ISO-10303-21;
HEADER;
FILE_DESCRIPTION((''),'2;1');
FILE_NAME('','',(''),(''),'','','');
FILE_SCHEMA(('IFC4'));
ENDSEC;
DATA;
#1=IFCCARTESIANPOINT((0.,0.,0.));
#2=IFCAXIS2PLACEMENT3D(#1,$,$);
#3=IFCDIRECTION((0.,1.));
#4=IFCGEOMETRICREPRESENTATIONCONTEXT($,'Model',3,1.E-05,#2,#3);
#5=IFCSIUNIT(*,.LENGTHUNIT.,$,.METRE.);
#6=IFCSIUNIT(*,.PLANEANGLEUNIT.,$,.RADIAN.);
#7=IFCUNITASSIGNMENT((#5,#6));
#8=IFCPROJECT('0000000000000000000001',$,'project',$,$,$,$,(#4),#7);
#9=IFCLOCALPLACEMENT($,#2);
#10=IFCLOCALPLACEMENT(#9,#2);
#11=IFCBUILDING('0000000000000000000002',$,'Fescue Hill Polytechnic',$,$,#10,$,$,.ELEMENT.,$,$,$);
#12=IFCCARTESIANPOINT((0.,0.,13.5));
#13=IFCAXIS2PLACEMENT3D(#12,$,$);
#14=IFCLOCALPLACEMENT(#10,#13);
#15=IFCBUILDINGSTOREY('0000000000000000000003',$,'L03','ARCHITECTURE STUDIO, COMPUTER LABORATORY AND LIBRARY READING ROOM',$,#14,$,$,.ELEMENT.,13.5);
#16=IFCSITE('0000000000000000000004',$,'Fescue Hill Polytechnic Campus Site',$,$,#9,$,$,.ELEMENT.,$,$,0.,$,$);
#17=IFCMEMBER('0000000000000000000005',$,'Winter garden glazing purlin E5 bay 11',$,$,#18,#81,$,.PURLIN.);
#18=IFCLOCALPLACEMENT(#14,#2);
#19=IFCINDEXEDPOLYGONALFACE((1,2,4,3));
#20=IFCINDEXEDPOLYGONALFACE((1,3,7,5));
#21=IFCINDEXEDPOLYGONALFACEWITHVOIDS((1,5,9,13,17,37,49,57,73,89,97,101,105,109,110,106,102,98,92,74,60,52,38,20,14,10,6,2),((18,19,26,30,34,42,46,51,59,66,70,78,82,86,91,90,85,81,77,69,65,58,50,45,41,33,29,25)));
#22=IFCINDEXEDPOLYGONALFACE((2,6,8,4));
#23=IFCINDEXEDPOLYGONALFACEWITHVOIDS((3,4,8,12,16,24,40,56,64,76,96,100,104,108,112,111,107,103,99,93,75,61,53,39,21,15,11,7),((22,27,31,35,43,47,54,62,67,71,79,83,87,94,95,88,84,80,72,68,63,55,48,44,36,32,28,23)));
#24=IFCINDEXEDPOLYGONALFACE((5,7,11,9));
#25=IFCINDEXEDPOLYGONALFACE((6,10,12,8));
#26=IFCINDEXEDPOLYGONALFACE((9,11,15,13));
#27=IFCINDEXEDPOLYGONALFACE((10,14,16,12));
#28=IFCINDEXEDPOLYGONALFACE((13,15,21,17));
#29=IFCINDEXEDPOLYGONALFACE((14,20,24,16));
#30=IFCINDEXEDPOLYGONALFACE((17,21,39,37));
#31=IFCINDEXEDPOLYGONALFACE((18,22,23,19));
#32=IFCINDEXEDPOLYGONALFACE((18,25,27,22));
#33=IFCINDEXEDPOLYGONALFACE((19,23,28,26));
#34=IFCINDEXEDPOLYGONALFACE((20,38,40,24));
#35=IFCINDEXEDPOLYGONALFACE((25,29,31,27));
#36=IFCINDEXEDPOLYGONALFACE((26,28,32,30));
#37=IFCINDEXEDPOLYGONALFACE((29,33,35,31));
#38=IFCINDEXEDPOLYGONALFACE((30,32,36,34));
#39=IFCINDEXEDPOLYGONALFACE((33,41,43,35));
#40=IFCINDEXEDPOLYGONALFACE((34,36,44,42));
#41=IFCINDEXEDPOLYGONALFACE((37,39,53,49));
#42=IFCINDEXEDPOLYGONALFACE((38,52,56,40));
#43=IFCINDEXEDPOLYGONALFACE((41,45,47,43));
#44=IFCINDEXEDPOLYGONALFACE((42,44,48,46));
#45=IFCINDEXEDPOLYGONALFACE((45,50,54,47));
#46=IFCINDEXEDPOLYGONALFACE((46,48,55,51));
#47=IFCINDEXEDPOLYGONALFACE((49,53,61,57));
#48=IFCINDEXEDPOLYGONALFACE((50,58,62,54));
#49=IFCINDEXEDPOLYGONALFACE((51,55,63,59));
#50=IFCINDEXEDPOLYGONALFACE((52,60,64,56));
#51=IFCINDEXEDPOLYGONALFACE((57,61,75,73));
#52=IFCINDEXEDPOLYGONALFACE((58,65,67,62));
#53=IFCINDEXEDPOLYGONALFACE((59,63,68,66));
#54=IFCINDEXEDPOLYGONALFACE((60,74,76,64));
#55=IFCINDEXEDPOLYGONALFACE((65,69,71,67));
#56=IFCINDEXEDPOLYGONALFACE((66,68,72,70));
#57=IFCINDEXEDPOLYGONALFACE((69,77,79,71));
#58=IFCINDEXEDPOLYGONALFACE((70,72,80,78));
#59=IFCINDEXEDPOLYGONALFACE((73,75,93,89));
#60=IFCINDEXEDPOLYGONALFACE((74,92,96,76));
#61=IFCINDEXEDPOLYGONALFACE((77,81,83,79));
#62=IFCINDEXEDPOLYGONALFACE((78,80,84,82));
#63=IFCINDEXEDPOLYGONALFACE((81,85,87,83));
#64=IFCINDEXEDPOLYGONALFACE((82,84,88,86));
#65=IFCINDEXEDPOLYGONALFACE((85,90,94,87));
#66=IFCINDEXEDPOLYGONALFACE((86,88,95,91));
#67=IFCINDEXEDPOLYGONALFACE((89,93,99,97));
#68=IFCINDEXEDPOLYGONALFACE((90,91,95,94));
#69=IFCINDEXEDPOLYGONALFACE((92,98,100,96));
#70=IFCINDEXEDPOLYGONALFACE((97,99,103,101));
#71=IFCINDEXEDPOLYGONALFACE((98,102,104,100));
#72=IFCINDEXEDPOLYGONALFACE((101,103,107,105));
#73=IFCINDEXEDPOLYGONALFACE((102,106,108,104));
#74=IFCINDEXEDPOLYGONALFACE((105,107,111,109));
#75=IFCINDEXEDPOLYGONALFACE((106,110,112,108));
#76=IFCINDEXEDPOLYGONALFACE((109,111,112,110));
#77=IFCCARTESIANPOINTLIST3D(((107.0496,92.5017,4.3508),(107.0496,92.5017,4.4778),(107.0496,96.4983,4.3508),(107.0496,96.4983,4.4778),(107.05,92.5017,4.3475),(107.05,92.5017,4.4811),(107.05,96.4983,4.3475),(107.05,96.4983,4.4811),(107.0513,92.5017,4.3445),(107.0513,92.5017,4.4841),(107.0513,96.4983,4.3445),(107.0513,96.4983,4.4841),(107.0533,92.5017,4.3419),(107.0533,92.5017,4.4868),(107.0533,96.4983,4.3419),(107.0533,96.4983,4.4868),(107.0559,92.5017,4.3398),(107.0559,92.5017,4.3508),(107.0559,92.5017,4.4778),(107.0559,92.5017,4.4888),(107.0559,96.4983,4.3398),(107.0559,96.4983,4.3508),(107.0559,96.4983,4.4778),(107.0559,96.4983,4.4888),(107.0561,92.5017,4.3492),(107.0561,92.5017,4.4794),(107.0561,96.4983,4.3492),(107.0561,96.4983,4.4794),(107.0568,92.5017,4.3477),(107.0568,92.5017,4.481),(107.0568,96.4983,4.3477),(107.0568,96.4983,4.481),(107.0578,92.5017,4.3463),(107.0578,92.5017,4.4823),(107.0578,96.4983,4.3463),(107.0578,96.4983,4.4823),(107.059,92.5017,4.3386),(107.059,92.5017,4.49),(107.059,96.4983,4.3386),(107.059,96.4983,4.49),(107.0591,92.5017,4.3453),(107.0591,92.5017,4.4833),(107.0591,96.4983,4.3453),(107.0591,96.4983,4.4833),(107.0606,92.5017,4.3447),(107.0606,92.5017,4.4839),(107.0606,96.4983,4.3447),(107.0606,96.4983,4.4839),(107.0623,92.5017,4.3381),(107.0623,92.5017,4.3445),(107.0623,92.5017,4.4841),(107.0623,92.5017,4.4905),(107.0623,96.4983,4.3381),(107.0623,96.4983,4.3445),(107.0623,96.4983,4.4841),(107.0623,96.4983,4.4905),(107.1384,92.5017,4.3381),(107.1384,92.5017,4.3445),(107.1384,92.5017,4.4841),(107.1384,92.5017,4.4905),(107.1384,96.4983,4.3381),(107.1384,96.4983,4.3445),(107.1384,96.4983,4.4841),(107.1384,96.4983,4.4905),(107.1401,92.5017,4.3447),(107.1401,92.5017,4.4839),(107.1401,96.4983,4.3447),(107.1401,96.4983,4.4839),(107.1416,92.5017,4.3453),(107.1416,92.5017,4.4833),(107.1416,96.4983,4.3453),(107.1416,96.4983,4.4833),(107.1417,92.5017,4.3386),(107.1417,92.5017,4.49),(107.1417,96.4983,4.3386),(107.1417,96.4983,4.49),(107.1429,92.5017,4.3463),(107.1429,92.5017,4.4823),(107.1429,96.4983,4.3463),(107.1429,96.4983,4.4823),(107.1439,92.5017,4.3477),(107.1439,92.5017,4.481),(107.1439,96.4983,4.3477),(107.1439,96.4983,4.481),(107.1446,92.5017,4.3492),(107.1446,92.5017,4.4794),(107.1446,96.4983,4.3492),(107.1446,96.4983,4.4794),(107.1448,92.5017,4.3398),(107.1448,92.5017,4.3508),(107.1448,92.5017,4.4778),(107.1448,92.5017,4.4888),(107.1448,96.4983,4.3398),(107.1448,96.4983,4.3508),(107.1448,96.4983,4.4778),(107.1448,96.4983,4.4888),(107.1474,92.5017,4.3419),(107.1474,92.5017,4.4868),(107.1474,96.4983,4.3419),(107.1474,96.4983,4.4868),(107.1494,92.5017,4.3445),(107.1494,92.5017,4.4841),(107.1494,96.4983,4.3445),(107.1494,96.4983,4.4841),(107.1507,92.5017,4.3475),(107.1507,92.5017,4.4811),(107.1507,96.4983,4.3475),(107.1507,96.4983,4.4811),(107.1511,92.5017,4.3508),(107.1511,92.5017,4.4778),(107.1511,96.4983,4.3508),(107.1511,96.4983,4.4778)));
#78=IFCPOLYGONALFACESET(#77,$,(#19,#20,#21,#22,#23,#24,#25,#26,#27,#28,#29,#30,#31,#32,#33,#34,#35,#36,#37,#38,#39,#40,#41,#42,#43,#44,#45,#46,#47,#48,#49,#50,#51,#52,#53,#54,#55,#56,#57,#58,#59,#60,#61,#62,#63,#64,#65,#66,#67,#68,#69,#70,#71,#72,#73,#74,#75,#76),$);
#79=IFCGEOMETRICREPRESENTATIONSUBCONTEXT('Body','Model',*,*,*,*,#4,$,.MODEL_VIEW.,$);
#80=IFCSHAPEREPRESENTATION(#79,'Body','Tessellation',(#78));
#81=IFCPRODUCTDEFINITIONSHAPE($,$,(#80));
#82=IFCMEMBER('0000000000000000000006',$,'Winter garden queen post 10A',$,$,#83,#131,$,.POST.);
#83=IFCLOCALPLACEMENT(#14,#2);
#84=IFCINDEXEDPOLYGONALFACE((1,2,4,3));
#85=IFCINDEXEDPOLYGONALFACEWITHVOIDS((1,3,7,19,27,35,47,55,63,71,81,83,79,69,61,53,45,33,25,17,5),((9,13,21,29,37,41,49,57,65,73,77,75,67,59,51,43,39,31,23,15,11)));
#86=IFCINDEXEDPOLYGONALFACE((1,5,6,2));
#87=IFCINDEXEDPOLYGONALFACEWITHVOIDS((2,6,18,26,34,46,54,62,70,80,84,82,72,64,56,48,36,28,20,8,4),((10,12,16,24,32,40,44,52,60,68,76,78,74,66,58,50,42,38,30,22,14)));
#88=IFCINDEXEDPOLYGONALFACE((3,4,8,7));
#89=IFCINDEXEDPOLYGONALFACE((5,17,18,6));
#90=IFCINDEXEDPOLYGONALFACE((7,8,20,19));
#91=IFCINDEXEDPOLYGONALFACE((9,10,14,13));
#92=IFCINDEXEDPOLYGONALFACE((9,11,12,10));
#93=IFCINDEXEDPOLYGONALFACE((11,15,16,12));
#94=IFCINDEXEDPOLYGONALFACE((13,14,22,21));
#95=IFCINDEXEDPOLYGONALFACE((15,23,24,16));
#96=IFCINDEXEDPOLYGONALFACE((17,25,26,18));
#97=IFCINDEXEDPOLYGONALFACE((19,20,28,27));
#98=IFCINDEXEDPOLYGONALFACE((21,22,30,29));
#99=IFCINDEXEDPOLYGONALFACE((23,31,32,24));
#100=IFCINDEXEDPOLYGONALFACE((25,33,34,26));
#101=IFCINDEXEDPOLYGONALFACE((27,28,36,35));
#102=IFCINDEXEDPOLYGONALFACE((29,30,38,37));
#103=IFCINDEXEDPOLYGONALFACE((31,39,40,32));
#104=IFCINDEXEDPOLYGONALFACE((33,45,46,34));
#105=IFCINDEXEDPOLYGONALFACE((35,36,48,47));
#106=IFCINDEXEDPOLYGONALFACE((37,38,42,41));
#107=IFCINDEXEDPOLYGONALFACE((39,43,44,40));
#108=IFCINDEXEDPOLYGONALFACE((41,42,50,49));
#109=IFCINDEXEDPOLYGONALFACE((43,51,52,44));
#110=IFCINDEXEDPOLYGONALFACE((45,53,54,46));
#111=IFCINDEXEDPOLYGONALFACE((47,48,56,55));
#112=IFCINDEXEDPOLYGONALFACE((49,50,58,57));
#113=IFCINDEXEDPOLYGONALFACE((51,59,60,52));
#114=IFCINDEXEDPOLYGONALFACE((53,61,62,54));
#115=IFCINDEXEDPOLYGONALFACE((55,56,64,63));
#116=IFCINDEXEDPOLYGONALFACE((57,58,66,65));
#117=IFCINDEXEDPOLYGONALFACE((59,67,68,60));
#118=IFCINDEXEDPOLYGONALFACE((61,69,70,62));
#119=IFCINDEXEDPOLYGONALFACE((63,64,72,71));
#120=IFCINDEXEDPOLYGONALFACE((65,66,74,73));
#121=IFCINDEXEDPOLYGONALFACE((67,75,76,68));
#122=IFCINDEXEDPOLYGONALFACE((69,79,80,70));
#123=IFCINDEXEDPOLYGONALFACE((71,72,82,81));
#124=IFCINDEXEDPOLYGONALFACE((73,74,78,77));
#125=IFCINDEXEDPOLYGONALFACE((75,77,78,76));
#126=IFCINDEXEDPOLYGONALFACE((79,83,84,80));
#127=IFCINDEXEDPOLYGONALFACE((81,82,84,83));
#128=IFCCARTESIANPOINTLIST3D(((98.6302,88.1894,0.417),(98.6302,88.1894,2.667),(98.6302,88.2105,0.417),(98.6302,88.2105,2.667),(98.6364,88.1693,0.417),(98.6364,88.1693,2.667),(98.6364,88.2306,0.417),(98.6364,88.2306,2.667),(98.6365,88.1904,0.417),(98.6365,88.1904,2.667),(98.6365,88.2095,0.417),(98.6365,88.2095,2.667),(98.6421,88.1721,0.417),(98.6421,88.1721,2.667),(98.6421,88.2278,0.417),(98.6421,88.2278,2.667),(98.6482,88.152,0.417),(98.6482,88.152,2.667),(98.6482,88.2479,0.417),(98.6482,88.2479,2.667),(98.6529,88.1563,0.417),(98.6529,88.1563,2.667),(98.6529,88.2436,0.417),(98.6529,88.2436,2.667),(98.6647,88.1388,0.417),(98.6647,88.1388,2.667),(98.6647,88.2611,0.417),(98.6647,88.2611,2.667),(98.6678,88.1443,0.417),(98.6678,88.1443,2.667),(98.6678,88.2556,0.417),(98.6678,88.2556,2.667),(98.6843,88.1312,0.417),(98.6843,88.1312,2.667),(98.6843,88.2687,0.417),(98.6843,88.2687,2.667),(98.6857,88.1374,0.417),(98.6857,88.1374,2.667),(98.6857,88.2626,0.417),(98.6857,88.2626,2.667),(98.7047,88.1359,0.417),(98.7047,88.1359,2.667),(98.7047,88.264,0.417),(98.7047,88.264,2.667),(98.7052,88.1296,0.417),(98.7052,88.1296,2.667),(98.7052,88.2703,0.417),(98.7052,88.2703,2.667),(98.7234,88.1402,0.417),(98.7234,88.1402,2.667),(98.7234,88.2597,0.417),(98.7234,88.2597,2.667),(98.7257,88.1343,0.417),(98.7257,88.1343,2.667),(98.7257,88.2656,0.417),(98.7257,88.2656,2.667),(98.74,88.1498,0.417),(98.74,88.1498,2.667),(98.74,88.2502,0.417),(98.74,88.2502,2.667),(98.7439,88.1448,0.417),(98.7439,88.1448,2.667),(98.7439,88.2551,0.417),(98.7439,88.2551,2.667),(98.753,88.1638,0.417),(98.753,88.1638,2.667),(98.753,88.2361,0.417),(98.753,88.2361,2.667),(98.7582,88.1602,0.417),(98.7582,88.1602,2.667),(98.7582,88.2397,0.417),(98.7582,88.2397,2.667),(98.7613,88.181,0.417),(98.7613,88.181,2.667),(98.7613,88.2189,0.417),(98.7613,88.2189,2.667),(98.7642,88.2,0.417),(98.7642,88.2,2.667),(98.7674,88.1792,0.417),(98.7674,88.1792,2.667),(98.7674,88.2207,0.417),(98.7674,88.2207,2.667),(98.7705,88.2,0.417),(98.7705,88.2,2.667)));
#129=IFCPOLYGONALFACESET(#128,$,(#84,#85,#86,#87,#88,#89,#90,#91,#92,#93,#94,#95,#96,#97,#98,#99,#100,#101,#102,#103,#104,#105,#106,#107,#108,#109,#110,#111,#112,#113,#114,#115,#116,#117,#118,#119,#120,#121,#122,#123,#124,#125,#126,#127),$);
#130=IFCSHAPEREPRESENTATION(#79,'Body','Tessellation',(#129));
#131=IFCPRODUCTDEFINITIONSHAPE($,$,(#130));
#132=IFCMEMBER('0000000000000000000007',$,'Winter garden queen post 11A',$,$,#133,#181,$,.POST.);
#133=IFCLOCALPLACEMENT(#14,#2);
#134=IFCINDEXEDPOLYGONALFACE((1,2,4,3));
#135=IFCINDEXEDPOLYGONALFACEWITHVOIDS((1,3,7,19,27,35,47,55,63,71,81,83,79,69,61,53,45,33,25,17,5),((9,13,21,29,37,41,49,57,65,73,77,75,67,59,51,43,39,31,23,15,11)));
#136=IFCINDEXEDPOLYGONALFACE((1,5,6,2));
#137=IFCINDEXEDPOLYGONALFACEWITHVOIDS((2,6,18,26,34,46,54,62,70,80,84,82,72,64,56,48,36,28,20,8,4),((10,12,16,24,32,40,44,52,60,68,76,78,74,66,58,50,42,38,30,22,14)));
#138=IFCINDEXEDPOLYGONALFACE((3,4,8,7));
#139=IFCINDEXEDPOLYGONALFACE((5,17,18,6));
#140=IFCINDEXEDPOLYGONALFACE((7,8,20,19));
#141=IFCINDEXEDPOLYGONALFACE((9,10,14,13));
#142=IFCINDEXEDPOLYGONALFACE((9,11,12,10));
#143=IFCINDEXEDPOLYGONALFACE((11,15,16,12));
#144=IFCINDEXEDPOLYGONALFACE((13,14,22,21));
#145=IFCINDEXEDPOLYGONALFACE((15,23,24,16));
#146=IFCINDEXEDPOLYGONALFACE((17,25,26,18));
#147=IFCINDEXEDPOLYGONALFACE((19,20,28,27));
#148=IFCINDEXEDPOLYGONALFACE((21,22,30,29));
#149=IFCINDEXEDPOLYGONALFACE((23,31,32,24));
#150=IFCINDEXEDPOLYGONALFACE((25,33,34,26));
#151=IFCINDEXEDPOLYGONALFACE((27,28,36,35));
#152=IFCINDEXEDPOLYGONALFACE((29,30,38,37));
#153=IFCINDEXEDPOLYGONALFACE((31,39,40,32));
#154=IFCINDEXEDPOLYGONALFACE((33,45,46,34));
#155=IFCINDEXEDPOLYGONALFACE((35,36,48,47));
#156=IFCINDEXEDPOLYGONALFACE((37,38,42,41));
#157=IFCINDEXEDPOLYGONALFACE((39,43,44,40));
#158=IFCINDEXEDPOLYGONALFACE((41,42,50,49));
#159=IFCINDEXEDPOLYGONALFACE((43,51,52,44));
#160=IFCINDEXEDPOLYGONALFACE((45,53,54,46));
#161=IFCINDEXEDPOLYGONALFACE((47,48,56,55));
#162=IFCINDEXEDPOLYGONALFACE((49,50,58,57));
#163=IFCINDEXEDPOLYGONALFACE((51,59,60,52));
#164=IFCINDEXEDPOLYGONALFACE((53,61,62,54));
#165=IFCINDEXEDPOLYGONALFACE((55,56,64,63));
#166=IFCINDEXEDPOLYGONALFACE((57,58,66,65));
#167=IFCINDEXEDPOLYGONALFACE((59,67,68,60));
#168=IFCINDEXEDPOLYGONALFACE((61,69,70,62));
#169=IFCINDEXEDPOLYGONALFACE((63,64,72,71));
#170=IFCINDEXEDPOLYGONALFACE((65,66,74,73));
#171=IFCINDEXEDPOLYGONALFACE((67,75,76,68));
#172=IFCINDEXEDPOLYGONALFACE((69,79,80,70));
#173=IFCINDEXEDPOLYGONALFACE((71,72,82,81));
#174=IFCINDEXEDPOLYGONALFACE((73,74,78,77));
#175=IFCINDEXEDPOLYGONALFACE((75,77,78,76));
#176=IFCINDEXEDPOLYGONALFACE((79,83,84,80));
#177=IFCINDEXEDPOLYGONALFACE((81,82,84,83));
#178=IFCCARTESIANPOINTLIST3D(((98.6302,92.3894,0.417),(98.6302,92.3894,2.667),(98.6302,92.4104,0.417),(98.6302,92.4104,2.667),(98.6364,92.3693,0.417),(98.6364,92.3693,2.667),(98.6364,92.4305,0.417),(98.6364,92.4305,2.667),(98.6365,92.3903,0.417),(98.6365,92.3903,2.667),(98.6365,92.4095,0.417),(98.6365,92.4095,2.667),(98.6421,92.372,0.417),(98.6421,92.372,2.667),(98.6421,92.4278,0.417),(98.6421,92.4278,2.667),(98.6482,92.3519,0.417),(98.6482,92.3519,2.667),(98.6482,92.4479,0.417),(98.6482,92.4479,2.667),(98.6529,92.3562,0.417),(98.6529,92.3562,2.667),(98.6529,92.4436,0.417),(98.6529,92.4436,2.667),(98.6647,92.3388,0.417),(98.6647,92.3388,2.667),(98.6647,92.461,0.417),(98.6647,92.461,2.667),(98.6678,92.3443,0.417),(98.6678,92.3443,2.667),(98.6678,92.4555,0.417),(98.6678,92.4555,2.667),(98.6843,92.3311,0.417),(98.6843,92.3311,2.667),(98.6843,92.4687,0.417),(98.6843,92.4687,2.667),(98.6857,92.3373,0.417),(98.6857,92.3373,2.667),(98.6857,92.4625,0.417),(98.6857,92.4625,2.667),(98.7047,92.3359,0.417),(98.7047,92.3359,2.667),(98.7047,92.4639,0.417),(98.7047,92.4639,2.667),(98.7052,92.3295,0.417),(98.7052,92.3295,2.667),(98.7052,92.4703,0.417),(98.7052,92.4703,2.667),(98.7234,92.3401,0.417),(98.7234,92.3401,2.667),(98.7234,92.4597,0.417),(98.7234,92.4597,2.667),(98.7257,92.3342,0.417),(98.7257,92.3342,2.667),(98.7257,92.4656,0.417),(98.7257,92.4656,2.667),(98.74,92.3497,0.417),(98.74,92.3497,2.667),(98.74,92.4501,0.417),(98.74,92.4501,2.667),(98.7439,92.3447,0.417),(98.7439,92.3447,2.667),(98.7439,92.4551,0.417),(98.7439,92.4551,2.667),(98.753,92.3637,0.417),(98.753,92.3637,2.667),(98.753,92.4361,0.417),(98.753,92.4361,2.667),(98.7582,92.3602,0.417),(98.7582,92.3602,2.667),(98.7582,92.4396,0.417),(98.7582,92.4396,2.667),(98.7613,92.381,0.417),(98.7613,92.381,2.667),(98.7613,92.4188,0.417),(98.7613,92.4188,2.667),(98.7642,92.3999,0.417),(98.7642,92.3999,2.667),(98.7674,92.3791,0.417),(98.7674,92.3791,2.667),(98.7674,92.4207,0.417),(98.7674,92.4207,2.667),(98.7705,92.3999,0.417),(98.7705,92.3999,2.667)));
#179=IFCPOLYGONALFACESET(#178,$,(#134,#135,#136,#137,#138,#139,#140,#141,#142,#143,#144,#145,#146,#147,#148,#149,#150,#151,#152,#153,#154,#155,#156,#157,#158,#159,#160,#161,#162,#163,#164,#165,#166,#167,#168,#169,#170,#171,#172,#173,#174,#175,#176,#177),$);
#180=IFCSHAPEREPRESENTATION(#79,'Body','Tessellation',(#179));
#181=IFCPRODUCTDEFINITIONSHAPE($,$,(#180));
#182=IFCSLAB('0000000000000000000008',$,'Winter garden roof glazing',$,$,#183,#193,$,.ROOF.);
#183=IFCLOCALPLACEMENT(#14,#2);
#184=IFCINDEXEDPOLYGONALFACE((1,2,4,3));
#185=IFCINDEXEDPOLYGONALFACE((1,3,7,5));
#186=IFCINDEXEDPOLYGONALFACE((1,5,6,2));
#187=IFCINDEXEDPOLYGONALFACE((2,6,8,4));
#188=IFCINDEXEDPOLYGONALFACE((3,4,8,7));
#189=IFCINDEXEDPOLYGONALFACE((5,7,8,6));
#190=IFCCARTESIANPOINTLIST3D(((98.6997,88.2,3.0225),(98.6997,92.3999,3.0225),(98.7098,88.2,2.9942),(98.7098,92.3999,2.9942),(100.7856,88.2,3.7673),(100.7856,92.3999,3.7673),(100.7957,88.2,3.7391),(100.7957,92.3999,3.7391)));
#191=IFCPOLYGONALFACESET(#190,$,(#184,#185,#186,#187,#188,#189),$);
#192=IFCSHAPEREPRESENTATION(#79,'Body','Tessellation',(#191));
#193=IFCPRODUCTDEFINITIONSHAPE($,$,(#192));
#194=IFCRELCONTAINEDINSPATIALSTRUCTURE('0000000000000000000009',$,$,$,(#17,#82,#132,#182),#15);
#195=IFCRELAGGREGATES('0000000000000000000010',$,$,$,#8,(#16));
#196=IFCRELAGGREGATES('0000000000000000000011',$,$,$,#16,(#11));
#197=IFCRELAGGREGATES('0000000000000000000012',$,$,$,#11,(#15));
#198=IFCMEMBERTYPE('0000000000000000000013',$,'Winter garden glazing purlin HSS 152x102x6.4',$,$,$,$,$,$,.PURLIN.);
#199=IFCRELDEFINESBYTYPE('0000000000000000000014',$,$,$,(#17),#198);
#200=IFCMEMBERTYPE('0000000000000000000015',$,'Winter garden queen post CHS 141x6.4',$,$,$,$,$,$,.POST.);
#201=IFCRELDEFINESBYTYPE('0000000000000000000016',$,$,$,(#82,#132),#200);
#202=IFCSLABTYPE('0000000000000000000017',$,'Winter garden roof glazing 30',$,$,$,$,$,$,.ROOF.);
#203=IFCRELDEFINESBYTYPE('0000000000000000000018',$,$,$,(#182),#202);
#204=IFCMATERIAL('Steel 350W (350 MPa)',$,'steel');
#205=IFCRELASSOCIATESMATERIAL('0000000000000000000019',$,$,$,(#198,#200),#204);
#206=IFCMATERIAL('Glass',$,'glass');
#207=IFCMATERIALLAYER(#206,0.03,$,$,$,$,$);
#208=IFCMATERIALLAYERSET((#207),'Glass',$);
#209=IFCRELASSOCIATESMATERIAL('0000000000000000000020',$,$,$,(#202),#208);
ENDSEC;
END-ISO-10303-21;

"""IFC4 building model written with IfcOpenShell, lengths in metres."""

from ifc_helpers import new_model, si_unit, direction, frame, origin, origin_2d, place, context, subcontext, project, spatial, polyline, hollow_rectangle, hollow_circle, outline, extrude, material, layer, layer_set, material_profile, profile_set, type_object, element, save


model = new_model("IFC4")

# Units and contexts
model_context = context("Model", 3, precision=1e-05, world=origin(), true_north=direction((0.0, 1.0)))
body_context = subcontext(model_context, "Body", "Model", "MODEL_VIEW")
ifc_project = project(units=[si_unit("LENGTHUNIT", "METRE"), si_unit("PLANEANGLEUNIT", "RADIAN")], contexts=[model_context])

# Site, building, storey
site_placement = place(None, origin())
site = spatial("IfcSite", under=ifc_project, at=site_placement, Name="Fescue Hill Polytechnic Campus Site", CompositionType="ELEMENT", RefElevation=0.0)
building_placement = place(site_placement, origin())
building = spatial("IfcBuilding", under=site, at=building_placement, Name="Fescue Hill Polytechnic", CompositionType="ELEMENT")
storey_placement = place(building_placement, frame((0.0, 0.0, 13.5)))
storey = spatial("IfcBuildingStorey", under=building, at=storey_placement, Name="L03", Description="ARCHITECTURE STUDIO, COMPUTER LABORATORY AND LIBRARY READING ROOM", CompositionType="ELEMENT", Elevation=13.5)

# Members
ifc_material_1 = material(Name="Steel 350W (350 MPa)", Category="steel")
ifc_material_profile_1 = material_profile(ifc_material_1, hollow_rectangle(XDim=0.1016, YDim=0.1523, WallThickness=0.0063, InnerFilletRadius=0.0063, OuterFilletRadius=0.0127, at=origin_2d()), Name="Winter garden glazing purlin HSS 152x102x6.4")
ifc_profile_set_1 = profile_set([ifc_material_profile_1], Name="Steel 350W (350 MPa)")
member_type_1 = type_object("IfcMemberType", Name="Winter garden glazing purlin HSS 152x102x6.4", PredefinedType="PURLIN", material=ifc_profile_set_1)
for number, where, z_axis, x_axis, name in (
    (1, (107.1003, 92.5017, 4.4143), (0.0, 1.0, 0.0), (-1.0, 0.0, 0.0), "Winter garden glazing purlin E5 bay 11"),
):
    element("IfcMember", number, at=place(storey_placement, frame(where, z_axis=z_axis, x_axis=x_axis)), inside=storey, type_object=member_type_1, Name=name, PredefinedType="PURLIN", context=body_context, shape_type="SweptSolid", body=[
        extrude(hollow_rectangle(XDim=0.1016, YDim=0.1523, WallThickness=0.0063, InnerFilletRadius=0.0063, OuterFilletRadius=0.0127, at=origin_2d()), origin(), (0.0, 0.0, 1.0), 3.9966),
    ])
ifc_material_profile_2 = material_profile(ifc_material_1, hollow_circle(Radius=0.0706, WallThickness=0.0063, at=origin_2d()), Name="Winter garden queen post CHS 141x6.4")
ifc_profile_set_2 = profile_set([ifc_material_profile_2], Name="Steel 350W (350 MPa)")
member_type_2 = type_object("IfcMemberType", Name="Winter garden queen post CHS 141x6.4", PredefinedType="POST", material=ifc_profile_set_2)
for number, where, z_axis, x_axis, name in (
    (2, (98.7, 88.2, 0.417), (0.0, 0.0, 1.0), (1.0, 0.0, 0.0), "Winter garden queen post 10A"),
    (3, (98.7, 92.3999, 0.417), (0.0, 0.0, 1.0), (1.0, 0.0, 0.0), "Winter garden queen post 11A"),
):
    element("IfcMember", number, at=place(storey_placement, frame(where, z_axis=z_axis, x_axis=x_axis)), inside=storey, type_object=member_type_2, Name=name, PredefinedType="POST", context=body_context, shape_type="SweptSolid", body=[
        extrude(hollow_circle(Radius=0.0706, WallThickness=0.0063, at=origin_2d()), origin(), (0.0, 0.0, 1.0), 2.25),
    ])

# Slab
ifc_material_2 = material(Name="Glass", Category="glass")
ifc_layer = layer(ifc_material_2, 0.03)
ifc_layer_set = layer_set([ifc_layer], Name="Glass")
slab_type = type_object("IfcSlabType", Name="Winter garden roof glazing 30", PredefinedType="ROOF", material=ifc_layer_set)
for number, where, z_axis, x_axis, name in (
    (4, (98.6997, 88.2, 3.0225), (-0.336295, 0.0, 0.941757), (0.0, 1.0, 0.0), "Winter garden roof glazing"),
):
    element("IfcSlab", number, at=place(storey_placement, frame(where, z_axis=z_axis, x_axis=x_axis)), inside=storey, type_object=slab_type, Name=name, PredefinedType="ROOF", context=body_context, shape_type="SweptSolid", body=[
        extrude(outline(polyline([(0.0, 0.0), (4.2, 0.0), (4.2, -2.2149), (0.0, -2.2149), (0.0, 0.0)])), origin(), (0.0, 0.0, -1.0), 0.03),
    ])

save(model, "model.ifc")
